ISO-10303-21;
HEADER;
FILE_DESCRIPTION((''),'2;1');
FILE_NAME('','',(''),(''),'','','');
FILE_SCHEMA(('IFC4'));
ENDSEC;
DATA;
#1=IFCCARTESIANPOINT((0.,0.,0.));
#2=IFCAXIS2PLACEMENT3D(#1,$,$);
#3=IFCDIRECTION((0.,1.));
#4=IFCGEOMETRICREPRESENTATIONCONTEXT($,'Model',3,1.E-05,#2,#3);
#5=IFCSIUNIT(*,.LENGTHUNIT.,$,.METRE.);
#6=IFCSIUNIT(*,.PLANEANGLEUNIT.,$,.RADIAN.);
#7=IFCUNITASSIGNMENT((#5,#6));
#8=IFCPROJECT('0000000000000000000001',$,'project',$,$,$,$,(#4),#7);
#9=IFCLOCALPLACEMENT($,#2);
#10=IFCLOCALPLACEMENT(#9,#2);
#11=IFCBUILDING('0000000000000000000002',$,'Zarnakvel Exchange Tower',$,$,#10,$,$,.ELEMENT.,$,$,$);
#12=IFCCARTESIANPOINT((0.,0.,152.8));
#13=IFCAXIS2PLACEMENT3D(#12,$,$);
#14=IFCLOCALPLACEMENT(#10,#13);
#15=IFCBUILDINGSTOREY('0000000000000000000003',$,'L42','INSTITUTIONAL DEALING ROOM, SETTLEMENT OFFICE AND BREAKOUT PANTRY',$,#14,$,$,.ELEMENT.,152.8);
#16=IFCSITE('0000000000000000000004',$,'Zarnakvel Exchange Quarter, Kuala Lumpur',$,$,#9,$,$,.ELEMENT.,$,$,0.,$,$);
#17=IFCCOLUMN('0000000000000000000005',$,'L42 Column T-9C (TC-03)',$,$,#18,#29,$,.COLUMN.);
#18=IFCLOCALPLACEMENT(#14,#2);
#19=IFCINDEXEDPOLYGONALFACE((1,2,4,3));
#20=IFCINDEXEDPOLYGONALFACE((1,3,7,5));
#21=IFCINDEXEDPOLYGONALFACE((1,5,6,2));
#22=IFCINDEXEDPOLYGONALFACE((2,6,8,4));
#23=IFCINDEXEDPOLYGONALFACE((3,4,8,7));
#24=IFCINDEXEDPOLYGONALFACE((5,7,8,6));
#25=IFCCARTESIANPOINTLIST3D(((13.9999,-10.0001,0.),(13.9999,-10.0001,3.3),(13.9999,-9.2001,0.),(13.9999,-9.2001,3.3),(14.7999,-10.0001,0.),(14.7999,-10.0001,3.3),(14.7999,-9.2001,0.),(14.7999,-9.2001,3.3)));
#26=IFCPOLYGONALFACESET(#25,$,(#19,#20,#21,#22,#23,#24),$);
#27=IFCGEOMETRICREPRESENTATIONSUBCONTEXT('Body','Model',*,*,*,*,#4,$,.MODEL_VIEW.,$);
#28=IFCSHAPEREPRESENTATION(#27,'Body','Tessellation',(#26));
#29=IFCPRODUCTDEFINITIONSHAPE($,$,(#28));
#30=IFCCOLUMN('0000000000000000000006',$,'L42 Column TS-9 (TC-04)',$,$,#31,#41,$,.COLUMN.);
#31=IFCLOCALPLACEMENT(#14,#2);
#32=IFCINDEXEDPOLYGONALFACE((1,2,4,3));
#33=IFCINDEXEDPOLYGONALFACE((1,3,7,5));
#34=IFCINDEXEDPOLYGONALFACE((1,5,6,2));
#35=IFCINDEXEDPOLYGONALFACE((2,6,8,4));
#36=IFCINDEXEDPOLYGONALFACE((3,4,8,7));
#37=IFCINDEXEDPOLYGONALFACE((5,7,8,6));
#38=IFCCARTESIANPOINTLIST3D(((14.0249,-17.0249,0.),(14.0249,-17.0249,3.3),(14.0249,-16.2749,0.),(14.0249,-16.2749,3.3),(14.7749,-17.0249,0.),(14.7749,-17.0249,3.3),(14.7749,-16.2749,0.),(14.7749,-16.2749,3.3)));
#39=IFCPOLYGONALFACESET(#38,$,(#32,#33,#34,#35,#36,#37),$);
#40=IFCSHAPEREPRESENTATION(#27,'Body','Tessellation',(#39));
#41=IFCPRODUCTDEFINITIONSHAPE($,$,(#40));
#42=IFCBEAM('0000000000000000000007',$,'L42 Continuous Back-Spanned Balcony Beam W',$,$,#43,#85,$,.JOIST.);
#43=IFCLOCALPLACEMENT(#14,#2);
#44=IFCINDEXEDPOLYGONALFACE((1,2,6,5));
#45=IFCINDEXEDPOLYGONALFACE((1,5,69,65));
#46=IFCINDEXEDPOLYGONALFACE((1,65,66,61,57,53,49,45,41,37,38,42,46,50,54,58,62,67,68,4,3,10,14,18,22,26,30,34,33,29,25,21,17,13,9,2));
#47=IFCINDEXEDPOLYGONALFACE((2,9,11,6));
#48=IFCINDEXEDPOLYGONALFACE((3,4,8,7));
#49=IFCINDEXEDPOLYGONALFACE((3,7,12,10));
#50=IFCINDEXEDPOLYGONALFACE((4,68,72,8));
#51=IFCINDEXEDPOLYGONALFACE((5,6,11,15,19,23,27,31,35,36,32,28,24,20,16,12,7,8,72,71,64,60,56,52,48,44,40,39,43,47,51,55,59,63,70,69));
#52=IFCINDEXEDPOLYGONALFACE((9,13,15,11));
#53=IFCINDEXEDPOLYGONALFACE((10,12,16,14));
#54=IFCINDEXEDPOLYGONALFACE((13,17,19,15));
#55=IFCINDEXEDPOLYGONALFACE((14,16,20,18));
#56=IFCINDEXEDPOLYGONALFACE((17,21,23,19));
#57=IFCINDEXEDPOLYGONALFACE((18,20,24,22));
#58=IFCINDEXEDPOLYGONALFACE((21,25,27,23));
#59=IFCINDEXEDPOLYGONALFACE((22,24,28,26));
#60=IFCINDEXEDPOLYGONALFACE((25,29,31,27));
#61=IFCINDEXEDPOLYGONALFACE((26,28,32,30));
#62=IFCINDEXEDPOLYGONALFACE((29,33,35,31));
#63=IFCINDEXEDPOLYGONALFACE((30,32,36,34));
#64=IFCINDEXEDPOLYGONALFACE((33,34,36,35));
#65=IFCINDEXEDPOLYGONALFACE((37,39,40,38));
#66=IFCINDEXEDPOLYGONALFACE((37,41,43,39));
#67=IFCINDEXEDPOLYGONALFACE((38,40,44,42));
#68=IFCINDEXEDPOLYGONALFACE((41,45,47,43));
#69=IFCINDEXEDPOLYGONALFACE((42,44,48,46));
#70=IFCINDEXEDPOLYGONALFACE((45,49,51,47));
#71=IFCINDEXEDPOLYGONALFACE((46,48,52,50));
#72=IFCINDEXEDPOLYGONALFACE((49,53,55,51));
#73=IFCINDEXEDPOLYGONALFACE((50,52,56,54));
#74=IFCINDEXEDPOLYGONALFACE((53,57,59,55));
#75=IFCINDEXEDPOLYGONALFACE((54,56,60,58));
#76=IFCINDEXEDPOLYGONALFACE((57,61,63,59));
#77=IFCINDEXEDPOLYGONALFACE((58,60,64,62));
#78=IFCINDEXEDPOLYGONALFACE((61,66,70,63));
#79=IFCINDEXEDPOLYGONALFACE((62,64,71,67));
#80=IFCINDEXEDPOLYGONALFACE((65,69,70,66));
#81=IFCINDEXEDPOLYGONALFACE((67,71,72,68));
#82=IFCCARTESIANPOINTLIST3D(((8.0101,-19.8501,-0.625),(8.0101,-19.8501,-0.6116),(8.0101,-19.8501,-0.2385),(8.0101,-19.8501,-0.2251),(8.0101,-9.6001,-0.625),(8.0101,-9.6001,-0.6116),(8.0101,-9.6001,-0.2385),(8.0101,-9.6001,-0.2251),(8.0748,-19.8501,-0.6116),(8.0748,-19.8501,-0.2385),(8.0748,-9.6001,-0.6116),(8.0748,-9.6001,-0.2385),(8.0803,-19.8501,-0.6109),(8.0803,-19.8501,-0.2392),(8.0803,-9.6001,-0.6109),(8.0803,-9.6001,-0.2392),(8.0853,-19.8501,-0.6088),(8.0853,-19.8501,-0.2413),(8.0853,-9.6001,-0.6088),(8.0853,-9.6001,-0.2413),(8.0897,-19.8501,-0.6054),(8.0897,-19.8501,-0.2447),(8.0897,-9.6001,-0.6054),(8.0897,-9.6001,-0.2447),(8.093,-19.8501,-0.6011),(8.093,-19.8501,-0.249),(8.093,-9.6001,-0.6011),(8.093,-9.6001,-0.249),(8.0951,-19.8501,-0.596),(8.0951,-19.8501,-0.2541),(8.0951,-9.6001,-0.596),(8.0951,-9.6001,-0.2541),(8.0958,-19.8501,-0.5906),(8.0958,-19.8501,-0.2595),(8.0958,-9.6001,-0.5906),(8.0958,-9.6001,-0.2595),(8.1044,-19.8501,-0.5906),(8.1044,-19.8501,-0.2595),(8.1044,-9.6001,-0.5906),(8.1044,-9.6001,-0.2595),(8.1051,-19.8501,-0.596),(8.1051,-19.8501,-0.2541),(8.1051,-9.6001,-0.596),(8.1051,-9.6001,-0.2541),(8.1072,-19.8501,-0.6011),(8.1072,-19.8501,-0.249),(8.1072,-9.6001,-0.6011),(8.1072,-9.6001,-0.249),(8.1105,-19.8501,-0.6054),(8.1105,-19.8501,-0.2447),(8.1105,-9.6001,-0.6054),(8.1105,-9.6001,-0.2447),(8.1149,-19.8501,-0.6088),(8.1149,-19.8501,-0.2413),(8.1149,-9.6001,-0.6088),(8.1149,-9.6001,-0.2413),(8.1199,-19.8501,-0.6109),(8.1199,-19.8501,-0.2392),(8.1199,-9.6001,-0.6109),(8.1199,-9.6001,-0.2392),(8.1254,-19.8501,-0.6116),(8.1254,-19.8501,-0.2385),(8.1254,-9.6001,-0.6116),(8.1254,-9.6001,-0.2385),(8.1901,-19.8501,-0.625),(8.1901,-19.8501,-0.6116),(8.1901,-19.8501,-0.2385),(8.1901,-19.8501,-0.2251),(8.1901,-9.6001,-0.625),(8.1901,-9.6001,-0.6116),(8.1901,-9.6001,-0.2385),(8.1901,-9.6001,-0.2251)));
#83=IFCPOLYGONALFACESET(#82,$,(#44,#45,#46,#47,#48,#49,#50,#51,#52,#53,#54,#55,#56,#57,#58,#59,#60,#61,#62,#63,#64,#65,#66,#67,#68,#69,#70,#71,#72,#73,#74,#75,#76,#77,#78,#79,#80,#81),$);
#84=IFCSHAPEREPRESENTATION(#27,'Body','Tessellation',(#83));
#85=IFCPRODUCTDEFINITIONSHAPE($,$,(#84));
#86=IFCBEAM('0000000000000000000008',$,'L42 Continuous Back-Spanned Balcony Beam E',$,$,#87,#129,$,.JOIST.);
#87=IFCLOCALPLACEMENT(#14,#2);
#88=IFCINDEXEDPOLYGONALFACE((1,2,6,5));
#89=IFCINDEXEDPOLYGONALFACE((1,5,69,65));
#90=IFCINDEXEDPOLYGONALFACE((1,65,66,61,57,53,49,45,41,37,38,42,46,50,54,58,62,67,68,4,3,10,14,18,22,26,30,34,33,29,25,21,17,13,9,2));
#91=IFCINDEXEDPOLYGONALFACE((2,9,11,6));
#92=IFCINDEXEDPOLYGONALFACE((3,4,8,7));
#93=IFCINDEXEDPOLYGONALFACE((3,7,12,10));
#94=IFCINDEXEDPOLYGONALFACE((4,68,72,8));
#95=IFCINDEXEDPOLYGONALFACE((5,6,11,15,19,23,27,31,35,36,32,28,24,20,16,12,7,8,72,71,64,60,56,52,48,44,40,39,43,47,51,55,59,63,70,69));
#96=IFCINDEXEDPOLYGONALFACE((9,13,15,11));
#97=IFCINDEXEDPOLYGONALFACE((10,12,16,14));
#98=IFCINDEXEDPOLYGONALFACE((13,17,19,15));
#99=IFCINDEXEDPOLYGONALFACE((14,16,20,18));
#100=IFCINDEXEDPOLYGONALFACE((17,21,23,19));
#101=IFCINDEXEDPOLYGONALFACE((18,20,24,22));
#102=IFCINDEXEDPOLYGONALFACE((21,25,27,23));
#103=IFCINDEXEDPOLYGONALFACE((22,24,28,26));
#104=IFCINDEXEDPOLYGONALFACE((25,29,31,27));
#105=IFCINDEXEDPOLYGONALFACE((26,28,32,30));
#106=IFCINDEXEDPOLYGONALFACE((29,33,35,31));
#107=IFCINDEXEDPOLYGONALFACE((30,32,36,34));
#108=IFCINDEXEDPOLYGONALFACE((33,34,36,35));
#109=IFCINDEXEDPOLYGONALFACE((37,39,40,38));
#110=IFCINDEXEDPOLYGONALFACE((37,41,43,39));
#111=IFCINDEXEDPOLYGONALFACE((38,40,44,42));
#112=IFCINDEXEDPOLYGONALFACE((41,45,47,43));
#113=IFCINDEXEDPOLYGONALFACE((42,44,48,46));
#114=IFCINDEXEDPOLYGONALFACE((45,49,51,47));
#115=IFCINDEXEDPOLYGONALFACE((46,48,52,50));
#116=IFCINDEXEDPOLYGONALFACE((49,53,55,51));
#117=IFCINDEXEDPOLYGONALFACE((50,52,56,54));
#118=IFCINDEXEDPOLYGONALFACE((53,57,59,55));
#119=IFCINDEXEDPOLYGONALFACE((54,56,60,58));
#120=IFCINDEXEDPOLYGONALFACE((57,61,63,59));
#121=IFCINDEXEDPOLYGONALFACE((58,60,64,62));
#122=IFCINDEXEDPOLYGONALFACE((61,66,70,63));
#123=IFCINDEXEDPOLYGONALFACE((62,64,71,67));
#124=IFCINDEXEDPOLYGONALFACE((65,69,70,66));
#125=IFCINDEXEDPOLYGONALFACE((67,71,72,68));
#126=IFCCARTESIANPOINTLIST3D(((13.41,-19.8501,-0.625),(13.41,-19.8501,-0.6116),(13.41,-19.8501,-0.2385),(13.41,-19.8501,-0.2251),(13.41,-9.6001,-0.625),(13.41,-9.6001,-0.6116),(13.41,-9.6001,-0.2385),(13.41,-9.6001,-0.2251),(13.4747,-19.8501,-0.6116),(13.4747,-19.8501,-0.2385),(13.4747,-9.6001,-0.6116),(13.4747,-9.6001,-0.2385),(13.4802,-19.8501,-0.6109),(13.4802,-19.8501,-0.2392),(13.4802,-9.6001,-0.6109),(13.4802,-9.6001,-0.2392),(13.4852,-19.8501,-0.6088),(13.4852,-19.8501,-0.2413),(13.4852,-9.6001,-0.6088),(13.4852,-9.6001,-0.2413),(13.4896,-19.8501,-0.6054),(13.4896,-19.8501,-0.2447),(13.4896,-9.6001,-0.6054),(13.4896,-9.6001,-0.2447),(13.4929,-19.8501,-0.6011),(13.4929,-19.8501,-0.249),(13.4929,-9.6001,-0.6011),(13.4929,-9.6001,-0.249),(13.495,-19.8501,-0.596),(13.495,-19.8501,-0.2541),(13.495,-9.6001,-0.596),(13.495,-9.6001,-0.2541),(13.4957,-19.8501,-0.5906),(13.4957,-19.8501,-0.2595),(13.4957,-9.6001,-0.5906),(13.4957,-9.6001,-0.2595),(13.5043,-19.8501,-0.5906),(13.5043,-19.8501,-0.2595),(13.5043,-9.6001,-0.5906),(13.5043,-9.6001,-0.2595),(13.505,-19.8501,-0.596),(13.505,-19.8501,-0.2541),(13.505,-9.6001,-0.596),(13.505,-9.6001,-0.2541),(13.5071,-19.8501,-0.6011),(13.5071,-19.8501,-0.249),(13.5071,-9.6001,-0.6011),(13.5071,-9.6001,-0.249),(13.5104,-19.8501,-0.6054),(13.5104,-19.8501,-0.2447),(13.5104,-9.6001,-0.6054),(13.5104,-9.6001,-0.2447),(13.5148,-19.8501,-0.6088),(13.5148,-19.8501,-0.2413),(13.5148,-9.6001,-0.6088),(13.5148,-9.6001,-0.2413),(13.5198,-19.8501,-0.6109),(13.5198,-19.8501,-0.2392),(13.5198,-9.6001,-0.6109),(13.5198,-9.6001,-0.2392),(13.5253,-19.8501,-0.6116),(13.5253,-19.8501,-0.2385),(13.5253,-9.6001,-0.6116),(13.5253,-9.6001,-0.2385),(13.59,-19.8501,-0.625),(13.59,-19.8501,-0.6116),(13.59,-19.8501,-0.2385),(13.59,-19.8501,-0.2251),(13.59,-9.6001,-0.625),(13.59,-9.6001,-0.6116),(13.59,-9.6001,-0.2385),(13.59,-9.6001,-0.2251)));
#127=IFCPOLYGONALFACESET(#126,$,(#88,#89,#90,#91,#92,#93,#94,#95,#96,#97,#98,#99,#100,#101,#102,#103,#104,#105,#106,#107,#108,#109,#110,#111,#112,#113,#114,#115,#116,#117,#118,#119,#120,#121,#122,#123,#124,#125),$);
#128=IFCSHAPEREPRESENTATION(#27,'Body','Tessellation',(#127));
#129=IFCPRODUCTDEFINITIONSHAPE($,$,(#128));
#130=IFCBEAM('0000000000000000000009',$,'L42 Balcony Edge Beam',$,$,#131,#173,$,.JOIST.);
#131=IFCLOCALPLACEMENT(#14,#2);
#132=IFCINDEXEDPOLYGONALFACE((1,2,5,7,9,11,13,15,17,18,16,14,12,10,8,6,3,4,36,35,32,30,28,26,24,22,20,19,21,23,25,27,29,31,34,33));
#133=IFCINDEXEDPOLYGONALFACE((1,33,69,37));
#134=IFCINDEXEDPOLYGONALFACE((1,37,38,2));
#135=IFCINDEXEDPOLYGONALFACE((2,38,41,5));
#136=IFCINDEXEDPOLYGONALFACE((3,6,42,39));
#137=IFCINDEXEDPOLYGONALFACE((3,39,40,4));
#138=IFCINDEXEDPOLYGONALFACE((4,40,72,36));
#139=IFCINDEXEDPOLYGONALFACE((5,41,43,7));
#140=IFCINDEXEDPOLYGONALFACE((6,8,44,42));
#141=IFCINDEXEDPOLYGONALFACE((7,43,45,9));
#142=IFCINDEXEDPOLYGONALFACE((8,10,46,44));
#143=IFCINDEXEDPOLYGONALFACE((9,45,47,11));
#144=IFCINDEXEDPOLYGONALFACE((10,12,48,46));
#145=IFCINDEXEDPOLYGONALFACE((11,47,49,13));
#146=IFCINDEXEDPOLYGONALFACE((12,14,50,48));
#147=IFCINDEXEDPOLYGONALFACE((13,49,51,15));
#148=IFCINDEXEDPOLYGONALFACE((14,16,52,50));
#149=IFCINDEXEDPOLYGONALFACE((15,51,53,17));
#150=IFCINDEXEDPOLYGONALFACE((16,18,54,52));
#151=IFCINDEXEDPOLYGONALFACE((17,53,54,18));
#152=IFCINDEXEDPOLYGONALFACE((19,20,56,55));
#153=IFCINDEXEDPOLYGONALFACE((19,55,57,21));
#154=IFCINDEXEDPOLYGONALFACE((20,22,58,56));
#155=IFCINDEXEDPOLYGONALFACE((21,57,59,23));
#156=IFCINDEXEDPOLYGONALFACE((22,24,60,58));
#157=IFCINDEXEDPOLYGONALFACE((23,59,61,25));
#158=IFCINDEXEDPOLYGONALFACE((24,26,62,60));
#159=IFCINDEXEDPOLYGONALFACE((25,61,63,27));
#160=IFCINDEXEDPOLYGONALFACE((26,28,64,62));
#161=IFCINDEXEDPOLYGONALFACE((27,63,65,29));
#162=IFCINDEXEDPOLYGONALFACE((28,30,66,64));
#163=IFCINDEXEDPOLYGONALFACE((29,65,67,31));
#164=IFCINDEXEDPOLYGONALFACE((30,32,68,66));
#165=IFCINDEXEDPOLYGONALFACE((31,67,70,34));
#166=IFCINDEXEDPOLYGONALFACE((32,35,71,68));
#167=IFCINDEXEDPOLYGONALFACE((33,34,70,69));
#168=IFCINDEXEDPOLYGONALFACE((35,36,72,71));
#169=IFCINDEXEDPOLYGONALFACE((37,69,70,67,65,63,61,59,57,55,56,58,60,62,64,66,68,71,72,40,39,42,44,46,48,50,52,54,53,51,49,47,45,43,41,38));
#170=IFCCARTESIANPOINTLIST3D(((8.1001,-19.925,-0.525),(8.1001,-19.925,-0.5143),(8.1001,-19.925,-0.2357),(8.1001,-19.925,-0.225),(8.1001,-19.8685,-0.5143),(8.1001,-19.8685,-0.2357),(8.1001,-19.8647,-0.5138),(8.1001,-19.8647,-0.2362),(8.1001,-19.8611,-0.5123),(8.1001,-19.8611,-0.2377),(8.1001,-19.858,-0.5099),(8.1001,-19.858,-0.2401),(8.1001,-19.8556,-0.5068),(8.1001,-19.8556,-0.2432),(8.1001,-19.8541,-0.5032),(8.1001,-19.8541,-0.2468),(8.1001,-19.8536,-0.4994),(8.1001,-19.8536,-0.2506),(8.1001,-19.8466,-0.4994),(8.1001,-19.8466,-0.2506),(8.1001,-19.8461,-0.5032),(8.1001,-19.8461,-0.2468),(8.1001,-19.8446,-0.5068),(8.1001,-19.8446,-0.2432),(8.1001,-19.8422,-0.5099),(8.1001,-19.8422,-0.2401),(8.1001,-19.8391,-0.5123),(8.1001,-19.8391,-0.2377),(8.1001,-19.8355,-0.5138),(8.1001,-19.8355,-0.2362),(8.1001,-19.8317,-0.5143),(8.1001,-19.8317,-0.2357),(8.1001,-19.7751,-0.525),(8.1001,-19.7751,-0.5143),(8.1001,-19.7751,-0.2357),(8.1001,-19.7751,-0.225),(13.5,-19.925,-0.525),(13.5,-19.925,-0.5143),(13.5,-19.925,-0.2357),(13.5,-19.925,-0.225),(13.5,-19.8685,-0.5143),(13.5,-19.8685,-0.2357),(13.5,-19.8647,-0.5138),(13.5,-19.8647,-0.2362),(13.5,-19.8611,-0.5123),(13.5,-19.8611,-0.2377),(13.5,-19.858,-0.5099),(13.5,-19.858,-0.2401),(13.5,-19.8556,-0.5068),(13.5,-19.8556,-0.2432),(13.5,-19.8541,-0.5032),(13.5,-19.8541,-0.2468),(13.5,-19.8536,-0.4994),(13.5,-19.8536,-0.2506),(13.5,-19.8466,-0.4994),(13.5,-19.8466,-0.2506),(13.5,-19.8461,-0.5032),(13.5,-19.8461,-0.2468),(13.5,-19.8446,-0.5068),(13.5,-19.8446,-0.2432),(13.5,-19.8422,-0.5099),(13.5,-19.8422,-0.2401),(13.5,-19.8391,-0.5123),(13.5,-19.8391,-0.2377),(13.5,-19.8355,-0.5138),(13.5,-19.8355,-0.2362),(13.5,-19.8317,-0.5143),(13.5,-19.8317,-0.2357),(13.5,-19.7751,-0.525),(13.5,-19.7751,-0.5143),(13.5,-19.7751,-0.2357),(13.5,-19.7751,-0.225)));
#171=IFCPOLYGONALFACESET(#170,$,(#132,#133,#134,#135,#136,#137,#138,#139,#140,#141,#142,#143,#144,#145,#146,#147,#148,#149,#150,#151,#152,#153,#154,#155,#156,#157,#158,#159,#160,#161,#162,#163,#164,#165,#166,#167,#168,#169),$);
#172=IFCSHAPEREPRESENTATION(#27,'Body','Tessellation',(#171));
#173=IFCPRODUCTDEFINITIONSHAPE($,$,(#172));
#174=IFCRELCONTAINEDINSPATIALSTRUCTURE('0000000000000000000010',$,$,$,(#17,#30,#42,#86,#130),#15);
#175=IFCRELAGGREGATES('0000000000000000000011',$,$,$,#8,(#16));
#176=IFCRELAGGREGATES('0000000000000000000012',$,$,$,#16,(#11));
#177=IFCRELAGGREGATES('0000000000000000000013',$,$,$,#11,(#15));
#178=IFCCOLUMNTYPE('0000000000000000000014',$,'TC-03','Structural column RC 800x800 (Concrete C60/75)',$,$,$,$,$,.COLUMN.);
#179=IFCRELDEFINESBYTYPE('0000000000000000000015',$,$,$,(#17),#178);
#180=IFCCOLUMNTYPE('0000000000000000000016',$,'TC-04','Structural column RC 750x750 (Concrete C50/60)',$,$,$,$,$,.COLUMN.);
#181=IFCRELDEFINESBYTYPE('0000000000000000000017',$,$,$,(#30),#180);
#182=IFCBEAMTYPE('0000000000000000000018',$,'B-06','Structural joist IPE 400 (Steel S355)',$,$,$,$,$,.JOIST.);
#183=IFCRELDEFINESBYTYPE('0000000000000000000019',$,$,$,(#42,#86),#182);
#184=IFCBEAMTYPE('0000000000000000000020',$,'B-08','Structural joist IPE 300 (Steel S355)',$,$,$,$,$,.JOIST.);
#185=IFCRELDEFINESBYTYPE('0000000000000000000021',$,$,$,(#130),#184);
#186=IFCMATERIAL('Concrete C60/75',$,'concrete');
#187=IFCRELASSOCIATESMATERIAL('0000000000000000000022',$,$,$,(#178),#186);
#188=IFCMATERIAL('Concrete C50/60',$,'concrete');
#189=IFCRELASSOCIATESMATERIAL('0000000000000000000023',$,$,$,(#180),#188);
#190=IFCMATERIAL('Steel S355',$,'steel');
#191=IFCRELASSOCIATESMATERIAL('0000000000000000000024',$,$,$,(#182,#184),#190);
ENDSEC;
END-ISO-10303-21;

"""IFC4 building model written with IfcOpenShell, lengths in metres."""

from ifc_helpers import new_model, si_unit, direction, frame, origin, origin_2d, place, context, subcontext, project, spatial, rectangle, i_section, extrude, material, material_profile, profile_set, type_object, element, save


model = new_model("IFC4")

# Units and contexts
model_context = context("Model", 3, precision=1e-05, world=origin(), true_north=direction((0.0, 1.0)))
body_context = subcontext(model_context, "Body", "Model", "MODEL_VIEW")
ifc_project = project(units=[si_unit("LENGTHUNIT", "METRE"), si_unit("PLANEANGLEUNIT", "RADIAN")], contexts=[model_context])

# Site, building, storey
site_placement = place(None, origin())
site = spatial("IfcSite", under=ifc_project, at=site_placement, Name="Zarnakvel Exchange Quarter, Kuala Lumpur", CompositionType="ELEMENT", RefElevation=0.0)
building_placement = place(site_placement, origin())
building = spatial("IfcBuilding", under=site, at=building_placement, Name="Zarnakvel Exchange Tower", CompositionType="ELEMENT")
storey_placement = place(building_placement, frame((0.0, 0.0, 152.8)))
storey = spatial("IfcBuildingStorey", under=building, at=storey_placement, Name="L42", Description="INSTITUTIONAL DEALING ROOM, SETTLEMENT OFFICE AND BREAKOUT PANTRY", CompositionType="ELEMENT", Elevation=152.8)

# Columns
ifc_material_1 = material(Name="Concrete C60/75", Category="concrete")
ifc_material_profile_1 = material_profile(ifc_material_1, rectangle(XDim=0.8, YDim=0.8, at=origin_2d()))
ifc_profile_set_1 = profile_set([ifc_material_profile_1], Name="Concrete C60/75")
column_type_1 = type_object("IfcColumnType", Name="TC-03", Description="Structural column RC 800x800 (Concrete C60/75)", PredefinedType="COLUMN", material=ifc_profile_set_1)
column_1_placement = place(storey_placement, frame((14.3999, -9.6001, 0.0), z_axis=(0.0, 0.0, 1.0), x_axis=(1.0, 0.0, 0.0)))
element("IfcColumn", 1, at=column_1_placement, inside=storey, type_object=column_type_1, Name="L42 Column T-9C (TC-03)", PredefinedType="COLUMN", context=body_context, shape_type="SweptSolid", body=[
    extrude(rectangle(XDim=0.8, YDim=0.8, at=origin_2d()), origin(), (0.0, 0.0, 1.0), 3.3),
])
ifc_material_2 = material(Name="Concrete C50/60", Category="concrete")
ifc_material_profile_2 = material_profile(ifc_material_2, rectangle(XDim=0.75, YDim=0.75, at=origin_2d()))
ifc_profile_set_2 = profile_set([ifc_material_profile_2], Name="Concrete C50/60")
column_type_2 = type_object("IfcColumnType", Name="TC-04", Description="Structural column RC 750x750 (Concrete C50/60)", PredefinedType="COLUMN", material=ifc_profile_set_2)
column_2_placement = place(storey_placement, frame((14.3999, -16.6499, 0.0), z_axis=(0.0, 0.0, 1.0), x_axis=(1.0, 0.0, 0.0)))
element("IfcColumn", 2, at=column_2_placement, inside=storey, type_object=column_type_2, Name="L42 Column TS-9 (TC-04)", PredefinedType="COLUMN", context=body_context, shape_type="SweptSolid", body=[
    extrude(rectangle(XDim=0.75, YDim=0.75, at=origin_2d()), origin(), (0.0, 0.0, 1.0), 3.3),
])

# Beams
ifc_material_3 = material(Name="Steel S355", Category="steel")
ifc_material_profile_3 = material_profile(ifc_material_3, i_section(OverallWidth=0.1799, OverallDepth=0.3999, WebThickness=0.0085, FlangeThickness=0.0134, FilletRadius=0.021, at=origin_2d()))
ifc_profile_set_3 = profile_set([ifc_material_profile_3], Name="Steel S355")
beam_type_1 = type_object("IfcBeamType", Name="B-06", Description="Structural joist IPE 400 (Steel S355)", PredefinedType="JOIST", material=ifc_profile_set_3)
for number, where, z_axis, x_axis, name in (
    (3, (8.1001, -9.6001, -0.425), (0.0, -1.0, 0.0), (1.0, 0.0, 0.0), "L42 Continuous Back-Spanned Balcony Beam W"),
    (4, (13.5, -9.6001, -0.425), (0.0, -1.0, 0.0), (1.0, 0.0, 0.0), "L42 Continuous Back-Spanned Balcony Beam E"),
):
    element("IfcBeam", number, at=place(storey_placement, frame(where, z_axis=z_axis, x_axis=x_axis)), inside=storey, type_object=beam_type_1, Name=name, PredefinedType="JOIST", context=body_context, shape_type="SweptSolid", body=[
        extrude(i_section(OverallWidth=0.1799, OverallDepth=0.3999, WebThickness=0.0085, FlangeThickness=0.0134, FilletRadius=0.021, at=origin_2d()), origin(), (0.0, 0.0, 1.0), 10.25),
    ])
ifc_material_profile_4 = material_profile(ifc_material_3, i_section(OverallWidth=0.1499, OverallDepth=0.3, WebThickness=0.0071, FlangeThickness=0.0107, FilletRadius=0.0149, at=origin_2d()))
ifc_profile_set_4 = profile_set([ifc_material_profile_4], Name="Steel S355")
beam_type_2 = type_object("IfcBeamType", Name="B-08", Description="Structural joist IPE 300 (Steel S355)", PredefinedType="JOIST", material=ifc_profile_set_4)
beam_1_placement = place(storey_placement, frame((8.1001, -19.8501, -0.375), z_axis=(1.0, 0.0, 0.0), x_axis=(0.0, 1.0, 0.0)))
element("IfcBeam", 5, at=beam_1_placement, inside=storey, type_object=beam_type_2, Name="L42 Balcony Edge Beam", PredefinedType="JOIST", context=body_context, shape_type="SweptSolid", body=[
    extrude(i_section(OverallWidth=0.1499, OverallDepth=0.3, WebThickness=0.0071, FlangeThickness=0.0107, FilletRadius=0.0149, at=origin_2d()), origin(), (0.0, 0.0, 1.0), 5.3999),
])

save(model, "model.ifc")
